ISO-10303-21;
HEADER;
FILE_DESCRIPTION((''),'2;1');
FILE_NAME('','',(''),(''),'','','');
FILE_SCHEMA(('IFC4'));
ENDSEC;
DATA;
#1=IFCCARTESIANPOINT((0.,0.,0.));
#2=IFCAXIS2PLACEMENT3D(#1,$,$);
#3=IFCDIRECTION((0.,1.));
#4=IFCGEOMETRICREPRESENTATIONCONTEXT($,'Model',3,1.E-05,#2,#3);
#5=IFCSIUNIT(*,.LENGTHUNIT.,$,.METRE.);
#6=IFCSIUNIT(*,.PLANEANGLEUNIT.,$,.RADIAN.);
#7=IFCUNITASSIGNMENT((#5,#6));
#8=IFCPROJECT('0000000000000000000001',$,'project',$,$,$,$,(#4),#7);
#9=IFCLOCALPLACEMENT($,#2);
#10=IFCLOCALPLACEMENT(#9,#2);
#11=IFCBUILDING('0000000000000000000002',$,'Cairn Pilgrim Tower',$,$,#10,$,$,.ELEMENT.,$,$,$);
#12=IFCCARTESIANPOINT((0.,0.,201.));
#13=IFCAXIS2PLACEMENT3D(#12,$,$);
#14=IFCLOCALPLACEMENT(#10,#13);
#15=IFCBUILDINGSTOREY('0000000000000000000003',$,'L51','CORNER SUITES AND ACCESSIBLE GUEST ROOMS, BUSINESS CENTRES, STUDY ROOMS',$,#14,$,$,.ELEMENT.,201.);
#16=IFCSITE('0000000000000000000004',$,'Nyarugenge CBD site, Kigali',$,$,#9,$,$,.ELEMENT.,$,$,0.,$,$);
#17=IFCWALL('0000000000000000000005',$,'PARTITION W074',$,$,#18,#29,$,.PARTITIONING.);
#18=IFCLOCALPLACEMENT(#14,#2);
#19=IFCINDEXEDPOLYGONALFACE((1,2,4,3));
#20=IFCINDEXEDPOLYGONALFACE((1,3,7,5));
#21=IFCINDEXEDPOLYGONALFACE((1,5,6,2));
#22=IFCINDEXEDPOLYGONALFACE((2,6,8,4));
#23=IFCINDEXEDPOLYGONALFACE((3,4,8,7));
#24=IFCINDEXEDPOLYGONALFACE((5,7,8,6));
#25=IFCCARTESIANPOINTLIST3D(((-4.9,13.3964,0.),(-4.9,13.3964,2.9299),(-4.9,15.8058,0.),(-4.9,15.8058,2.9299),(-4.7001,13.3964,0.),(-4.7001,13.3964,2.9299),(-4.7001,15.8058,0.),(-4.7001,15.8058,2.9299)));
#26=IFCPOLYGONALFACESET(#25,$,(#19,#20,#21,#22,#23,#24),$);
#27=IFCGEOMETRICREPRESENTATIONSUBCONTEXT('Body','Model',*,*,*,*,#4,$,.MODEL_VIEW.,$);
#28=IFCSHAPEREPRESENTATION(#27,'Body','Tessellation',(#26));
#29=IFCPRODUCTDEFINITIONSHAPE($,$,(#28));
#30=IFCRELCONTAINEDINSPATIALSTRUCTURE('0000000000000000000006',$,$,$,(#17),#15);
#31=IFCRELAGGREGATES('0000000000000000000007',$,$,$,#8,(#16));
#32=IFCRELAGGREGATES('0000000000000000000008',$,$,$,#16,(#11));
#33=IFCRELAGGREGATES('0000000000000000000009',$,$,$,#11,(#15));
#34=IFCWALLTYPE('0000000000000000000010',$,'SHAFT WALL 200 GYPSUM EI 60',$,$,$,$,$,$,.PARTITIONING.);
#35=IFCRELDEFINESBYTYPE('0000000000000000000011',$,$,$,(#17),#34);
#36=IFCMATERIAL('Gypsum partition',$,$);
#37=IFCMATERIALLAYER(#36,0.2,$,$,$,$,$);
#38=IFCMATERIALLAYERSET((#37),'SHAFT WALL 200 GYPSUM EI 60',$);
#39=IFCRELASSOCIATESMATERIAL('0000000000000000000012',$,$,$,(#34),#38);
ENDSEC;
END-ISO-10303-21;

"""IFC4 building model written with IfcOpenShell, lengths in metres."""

from ifc_helpers import new_model, si_unit, direction, frame, frame_2d, origin, place, context, subcontext, project, spatial, rectangle, extrude, material, layer, layer_set, type_object, element, save


model = new_model("IFC4")

# Units and contexts
model_context = context("Model", 3, precision=1e-05, world=origin(), true_north=direction((0.0, 1.0)))
body_context = subcontext(model_context, "Body", "Model", "MODEL_VIEW")
ifc_project = project(units=[si_unit("LENGTHUNIT", "METRE"), si_unit("PLANEANGLEUNIT", "RADIAN")], contexts=[model_context])

# Site, building, storey
site_placement = place(None, origin())
site = spatial("IfcSite", under=ifc_project, at=site_placement, Name="Nyarugenge CBD site, Kigali", CompositionType="ELEMENT", RefElevation=0.0)
building_placement = place(site_placement, origin())
building = spatial("IfcBuilding", under=site, at=building_placement, Name="Cairn Pilgrim Tower", CompositionType="ELEMENT")
storey_placement = place(building_placement, frame((0.0, 0.0, 201.0)))
storey = spatial("IfcBuildingStorey", under=building, at=storey_placement, Name="L51", Description="CORNER SUITES AND ACCESSIBLE GUEST ROOMS, BUSINESS CENTRES, STUDY ROOMS", CompositionType="ELEMENT", Elevation=201.0)

# Shared definitions
ifc_material_1 = material(Name="Gypsum partition")

# Wall
ifc_layer_1 = layer(ifc_material_1, 0.2)
ifc_layer_set_1 = layer_set([ifc_layer_1], Name="SHAFT WALL 200 GYPSUM EI 60")
wall_type_1 = type_object("IfcWallType", Name="SHAFT WALL 200 GYPSUM EI 60", PredefinedType="PARTITIONING", material=ifc_layer_set_1)
wall_1_placement = place(storey_placement, frame((-4.8, 13.3965, 0.0), z_axis=(0.0, 0.0, 1.0), x_axis=(0.0, 1.0, 0.0)))
element("IfcWall", 1, at=wall_1_placement, inside=storey, type_object=wall_type_1, Name="PARTITION W074", PredefinedType="PARTITIONING", context=body_context, shape_type="SweptSolid", body=[
    extrude(rectangle(XDim=2.4094, YDim=0.2, at=frame_2d((1.2046, 0.0))), origin(), (0.0, 0.0, 1.0), 2.9299),
])

save(model, "model.ifc")
